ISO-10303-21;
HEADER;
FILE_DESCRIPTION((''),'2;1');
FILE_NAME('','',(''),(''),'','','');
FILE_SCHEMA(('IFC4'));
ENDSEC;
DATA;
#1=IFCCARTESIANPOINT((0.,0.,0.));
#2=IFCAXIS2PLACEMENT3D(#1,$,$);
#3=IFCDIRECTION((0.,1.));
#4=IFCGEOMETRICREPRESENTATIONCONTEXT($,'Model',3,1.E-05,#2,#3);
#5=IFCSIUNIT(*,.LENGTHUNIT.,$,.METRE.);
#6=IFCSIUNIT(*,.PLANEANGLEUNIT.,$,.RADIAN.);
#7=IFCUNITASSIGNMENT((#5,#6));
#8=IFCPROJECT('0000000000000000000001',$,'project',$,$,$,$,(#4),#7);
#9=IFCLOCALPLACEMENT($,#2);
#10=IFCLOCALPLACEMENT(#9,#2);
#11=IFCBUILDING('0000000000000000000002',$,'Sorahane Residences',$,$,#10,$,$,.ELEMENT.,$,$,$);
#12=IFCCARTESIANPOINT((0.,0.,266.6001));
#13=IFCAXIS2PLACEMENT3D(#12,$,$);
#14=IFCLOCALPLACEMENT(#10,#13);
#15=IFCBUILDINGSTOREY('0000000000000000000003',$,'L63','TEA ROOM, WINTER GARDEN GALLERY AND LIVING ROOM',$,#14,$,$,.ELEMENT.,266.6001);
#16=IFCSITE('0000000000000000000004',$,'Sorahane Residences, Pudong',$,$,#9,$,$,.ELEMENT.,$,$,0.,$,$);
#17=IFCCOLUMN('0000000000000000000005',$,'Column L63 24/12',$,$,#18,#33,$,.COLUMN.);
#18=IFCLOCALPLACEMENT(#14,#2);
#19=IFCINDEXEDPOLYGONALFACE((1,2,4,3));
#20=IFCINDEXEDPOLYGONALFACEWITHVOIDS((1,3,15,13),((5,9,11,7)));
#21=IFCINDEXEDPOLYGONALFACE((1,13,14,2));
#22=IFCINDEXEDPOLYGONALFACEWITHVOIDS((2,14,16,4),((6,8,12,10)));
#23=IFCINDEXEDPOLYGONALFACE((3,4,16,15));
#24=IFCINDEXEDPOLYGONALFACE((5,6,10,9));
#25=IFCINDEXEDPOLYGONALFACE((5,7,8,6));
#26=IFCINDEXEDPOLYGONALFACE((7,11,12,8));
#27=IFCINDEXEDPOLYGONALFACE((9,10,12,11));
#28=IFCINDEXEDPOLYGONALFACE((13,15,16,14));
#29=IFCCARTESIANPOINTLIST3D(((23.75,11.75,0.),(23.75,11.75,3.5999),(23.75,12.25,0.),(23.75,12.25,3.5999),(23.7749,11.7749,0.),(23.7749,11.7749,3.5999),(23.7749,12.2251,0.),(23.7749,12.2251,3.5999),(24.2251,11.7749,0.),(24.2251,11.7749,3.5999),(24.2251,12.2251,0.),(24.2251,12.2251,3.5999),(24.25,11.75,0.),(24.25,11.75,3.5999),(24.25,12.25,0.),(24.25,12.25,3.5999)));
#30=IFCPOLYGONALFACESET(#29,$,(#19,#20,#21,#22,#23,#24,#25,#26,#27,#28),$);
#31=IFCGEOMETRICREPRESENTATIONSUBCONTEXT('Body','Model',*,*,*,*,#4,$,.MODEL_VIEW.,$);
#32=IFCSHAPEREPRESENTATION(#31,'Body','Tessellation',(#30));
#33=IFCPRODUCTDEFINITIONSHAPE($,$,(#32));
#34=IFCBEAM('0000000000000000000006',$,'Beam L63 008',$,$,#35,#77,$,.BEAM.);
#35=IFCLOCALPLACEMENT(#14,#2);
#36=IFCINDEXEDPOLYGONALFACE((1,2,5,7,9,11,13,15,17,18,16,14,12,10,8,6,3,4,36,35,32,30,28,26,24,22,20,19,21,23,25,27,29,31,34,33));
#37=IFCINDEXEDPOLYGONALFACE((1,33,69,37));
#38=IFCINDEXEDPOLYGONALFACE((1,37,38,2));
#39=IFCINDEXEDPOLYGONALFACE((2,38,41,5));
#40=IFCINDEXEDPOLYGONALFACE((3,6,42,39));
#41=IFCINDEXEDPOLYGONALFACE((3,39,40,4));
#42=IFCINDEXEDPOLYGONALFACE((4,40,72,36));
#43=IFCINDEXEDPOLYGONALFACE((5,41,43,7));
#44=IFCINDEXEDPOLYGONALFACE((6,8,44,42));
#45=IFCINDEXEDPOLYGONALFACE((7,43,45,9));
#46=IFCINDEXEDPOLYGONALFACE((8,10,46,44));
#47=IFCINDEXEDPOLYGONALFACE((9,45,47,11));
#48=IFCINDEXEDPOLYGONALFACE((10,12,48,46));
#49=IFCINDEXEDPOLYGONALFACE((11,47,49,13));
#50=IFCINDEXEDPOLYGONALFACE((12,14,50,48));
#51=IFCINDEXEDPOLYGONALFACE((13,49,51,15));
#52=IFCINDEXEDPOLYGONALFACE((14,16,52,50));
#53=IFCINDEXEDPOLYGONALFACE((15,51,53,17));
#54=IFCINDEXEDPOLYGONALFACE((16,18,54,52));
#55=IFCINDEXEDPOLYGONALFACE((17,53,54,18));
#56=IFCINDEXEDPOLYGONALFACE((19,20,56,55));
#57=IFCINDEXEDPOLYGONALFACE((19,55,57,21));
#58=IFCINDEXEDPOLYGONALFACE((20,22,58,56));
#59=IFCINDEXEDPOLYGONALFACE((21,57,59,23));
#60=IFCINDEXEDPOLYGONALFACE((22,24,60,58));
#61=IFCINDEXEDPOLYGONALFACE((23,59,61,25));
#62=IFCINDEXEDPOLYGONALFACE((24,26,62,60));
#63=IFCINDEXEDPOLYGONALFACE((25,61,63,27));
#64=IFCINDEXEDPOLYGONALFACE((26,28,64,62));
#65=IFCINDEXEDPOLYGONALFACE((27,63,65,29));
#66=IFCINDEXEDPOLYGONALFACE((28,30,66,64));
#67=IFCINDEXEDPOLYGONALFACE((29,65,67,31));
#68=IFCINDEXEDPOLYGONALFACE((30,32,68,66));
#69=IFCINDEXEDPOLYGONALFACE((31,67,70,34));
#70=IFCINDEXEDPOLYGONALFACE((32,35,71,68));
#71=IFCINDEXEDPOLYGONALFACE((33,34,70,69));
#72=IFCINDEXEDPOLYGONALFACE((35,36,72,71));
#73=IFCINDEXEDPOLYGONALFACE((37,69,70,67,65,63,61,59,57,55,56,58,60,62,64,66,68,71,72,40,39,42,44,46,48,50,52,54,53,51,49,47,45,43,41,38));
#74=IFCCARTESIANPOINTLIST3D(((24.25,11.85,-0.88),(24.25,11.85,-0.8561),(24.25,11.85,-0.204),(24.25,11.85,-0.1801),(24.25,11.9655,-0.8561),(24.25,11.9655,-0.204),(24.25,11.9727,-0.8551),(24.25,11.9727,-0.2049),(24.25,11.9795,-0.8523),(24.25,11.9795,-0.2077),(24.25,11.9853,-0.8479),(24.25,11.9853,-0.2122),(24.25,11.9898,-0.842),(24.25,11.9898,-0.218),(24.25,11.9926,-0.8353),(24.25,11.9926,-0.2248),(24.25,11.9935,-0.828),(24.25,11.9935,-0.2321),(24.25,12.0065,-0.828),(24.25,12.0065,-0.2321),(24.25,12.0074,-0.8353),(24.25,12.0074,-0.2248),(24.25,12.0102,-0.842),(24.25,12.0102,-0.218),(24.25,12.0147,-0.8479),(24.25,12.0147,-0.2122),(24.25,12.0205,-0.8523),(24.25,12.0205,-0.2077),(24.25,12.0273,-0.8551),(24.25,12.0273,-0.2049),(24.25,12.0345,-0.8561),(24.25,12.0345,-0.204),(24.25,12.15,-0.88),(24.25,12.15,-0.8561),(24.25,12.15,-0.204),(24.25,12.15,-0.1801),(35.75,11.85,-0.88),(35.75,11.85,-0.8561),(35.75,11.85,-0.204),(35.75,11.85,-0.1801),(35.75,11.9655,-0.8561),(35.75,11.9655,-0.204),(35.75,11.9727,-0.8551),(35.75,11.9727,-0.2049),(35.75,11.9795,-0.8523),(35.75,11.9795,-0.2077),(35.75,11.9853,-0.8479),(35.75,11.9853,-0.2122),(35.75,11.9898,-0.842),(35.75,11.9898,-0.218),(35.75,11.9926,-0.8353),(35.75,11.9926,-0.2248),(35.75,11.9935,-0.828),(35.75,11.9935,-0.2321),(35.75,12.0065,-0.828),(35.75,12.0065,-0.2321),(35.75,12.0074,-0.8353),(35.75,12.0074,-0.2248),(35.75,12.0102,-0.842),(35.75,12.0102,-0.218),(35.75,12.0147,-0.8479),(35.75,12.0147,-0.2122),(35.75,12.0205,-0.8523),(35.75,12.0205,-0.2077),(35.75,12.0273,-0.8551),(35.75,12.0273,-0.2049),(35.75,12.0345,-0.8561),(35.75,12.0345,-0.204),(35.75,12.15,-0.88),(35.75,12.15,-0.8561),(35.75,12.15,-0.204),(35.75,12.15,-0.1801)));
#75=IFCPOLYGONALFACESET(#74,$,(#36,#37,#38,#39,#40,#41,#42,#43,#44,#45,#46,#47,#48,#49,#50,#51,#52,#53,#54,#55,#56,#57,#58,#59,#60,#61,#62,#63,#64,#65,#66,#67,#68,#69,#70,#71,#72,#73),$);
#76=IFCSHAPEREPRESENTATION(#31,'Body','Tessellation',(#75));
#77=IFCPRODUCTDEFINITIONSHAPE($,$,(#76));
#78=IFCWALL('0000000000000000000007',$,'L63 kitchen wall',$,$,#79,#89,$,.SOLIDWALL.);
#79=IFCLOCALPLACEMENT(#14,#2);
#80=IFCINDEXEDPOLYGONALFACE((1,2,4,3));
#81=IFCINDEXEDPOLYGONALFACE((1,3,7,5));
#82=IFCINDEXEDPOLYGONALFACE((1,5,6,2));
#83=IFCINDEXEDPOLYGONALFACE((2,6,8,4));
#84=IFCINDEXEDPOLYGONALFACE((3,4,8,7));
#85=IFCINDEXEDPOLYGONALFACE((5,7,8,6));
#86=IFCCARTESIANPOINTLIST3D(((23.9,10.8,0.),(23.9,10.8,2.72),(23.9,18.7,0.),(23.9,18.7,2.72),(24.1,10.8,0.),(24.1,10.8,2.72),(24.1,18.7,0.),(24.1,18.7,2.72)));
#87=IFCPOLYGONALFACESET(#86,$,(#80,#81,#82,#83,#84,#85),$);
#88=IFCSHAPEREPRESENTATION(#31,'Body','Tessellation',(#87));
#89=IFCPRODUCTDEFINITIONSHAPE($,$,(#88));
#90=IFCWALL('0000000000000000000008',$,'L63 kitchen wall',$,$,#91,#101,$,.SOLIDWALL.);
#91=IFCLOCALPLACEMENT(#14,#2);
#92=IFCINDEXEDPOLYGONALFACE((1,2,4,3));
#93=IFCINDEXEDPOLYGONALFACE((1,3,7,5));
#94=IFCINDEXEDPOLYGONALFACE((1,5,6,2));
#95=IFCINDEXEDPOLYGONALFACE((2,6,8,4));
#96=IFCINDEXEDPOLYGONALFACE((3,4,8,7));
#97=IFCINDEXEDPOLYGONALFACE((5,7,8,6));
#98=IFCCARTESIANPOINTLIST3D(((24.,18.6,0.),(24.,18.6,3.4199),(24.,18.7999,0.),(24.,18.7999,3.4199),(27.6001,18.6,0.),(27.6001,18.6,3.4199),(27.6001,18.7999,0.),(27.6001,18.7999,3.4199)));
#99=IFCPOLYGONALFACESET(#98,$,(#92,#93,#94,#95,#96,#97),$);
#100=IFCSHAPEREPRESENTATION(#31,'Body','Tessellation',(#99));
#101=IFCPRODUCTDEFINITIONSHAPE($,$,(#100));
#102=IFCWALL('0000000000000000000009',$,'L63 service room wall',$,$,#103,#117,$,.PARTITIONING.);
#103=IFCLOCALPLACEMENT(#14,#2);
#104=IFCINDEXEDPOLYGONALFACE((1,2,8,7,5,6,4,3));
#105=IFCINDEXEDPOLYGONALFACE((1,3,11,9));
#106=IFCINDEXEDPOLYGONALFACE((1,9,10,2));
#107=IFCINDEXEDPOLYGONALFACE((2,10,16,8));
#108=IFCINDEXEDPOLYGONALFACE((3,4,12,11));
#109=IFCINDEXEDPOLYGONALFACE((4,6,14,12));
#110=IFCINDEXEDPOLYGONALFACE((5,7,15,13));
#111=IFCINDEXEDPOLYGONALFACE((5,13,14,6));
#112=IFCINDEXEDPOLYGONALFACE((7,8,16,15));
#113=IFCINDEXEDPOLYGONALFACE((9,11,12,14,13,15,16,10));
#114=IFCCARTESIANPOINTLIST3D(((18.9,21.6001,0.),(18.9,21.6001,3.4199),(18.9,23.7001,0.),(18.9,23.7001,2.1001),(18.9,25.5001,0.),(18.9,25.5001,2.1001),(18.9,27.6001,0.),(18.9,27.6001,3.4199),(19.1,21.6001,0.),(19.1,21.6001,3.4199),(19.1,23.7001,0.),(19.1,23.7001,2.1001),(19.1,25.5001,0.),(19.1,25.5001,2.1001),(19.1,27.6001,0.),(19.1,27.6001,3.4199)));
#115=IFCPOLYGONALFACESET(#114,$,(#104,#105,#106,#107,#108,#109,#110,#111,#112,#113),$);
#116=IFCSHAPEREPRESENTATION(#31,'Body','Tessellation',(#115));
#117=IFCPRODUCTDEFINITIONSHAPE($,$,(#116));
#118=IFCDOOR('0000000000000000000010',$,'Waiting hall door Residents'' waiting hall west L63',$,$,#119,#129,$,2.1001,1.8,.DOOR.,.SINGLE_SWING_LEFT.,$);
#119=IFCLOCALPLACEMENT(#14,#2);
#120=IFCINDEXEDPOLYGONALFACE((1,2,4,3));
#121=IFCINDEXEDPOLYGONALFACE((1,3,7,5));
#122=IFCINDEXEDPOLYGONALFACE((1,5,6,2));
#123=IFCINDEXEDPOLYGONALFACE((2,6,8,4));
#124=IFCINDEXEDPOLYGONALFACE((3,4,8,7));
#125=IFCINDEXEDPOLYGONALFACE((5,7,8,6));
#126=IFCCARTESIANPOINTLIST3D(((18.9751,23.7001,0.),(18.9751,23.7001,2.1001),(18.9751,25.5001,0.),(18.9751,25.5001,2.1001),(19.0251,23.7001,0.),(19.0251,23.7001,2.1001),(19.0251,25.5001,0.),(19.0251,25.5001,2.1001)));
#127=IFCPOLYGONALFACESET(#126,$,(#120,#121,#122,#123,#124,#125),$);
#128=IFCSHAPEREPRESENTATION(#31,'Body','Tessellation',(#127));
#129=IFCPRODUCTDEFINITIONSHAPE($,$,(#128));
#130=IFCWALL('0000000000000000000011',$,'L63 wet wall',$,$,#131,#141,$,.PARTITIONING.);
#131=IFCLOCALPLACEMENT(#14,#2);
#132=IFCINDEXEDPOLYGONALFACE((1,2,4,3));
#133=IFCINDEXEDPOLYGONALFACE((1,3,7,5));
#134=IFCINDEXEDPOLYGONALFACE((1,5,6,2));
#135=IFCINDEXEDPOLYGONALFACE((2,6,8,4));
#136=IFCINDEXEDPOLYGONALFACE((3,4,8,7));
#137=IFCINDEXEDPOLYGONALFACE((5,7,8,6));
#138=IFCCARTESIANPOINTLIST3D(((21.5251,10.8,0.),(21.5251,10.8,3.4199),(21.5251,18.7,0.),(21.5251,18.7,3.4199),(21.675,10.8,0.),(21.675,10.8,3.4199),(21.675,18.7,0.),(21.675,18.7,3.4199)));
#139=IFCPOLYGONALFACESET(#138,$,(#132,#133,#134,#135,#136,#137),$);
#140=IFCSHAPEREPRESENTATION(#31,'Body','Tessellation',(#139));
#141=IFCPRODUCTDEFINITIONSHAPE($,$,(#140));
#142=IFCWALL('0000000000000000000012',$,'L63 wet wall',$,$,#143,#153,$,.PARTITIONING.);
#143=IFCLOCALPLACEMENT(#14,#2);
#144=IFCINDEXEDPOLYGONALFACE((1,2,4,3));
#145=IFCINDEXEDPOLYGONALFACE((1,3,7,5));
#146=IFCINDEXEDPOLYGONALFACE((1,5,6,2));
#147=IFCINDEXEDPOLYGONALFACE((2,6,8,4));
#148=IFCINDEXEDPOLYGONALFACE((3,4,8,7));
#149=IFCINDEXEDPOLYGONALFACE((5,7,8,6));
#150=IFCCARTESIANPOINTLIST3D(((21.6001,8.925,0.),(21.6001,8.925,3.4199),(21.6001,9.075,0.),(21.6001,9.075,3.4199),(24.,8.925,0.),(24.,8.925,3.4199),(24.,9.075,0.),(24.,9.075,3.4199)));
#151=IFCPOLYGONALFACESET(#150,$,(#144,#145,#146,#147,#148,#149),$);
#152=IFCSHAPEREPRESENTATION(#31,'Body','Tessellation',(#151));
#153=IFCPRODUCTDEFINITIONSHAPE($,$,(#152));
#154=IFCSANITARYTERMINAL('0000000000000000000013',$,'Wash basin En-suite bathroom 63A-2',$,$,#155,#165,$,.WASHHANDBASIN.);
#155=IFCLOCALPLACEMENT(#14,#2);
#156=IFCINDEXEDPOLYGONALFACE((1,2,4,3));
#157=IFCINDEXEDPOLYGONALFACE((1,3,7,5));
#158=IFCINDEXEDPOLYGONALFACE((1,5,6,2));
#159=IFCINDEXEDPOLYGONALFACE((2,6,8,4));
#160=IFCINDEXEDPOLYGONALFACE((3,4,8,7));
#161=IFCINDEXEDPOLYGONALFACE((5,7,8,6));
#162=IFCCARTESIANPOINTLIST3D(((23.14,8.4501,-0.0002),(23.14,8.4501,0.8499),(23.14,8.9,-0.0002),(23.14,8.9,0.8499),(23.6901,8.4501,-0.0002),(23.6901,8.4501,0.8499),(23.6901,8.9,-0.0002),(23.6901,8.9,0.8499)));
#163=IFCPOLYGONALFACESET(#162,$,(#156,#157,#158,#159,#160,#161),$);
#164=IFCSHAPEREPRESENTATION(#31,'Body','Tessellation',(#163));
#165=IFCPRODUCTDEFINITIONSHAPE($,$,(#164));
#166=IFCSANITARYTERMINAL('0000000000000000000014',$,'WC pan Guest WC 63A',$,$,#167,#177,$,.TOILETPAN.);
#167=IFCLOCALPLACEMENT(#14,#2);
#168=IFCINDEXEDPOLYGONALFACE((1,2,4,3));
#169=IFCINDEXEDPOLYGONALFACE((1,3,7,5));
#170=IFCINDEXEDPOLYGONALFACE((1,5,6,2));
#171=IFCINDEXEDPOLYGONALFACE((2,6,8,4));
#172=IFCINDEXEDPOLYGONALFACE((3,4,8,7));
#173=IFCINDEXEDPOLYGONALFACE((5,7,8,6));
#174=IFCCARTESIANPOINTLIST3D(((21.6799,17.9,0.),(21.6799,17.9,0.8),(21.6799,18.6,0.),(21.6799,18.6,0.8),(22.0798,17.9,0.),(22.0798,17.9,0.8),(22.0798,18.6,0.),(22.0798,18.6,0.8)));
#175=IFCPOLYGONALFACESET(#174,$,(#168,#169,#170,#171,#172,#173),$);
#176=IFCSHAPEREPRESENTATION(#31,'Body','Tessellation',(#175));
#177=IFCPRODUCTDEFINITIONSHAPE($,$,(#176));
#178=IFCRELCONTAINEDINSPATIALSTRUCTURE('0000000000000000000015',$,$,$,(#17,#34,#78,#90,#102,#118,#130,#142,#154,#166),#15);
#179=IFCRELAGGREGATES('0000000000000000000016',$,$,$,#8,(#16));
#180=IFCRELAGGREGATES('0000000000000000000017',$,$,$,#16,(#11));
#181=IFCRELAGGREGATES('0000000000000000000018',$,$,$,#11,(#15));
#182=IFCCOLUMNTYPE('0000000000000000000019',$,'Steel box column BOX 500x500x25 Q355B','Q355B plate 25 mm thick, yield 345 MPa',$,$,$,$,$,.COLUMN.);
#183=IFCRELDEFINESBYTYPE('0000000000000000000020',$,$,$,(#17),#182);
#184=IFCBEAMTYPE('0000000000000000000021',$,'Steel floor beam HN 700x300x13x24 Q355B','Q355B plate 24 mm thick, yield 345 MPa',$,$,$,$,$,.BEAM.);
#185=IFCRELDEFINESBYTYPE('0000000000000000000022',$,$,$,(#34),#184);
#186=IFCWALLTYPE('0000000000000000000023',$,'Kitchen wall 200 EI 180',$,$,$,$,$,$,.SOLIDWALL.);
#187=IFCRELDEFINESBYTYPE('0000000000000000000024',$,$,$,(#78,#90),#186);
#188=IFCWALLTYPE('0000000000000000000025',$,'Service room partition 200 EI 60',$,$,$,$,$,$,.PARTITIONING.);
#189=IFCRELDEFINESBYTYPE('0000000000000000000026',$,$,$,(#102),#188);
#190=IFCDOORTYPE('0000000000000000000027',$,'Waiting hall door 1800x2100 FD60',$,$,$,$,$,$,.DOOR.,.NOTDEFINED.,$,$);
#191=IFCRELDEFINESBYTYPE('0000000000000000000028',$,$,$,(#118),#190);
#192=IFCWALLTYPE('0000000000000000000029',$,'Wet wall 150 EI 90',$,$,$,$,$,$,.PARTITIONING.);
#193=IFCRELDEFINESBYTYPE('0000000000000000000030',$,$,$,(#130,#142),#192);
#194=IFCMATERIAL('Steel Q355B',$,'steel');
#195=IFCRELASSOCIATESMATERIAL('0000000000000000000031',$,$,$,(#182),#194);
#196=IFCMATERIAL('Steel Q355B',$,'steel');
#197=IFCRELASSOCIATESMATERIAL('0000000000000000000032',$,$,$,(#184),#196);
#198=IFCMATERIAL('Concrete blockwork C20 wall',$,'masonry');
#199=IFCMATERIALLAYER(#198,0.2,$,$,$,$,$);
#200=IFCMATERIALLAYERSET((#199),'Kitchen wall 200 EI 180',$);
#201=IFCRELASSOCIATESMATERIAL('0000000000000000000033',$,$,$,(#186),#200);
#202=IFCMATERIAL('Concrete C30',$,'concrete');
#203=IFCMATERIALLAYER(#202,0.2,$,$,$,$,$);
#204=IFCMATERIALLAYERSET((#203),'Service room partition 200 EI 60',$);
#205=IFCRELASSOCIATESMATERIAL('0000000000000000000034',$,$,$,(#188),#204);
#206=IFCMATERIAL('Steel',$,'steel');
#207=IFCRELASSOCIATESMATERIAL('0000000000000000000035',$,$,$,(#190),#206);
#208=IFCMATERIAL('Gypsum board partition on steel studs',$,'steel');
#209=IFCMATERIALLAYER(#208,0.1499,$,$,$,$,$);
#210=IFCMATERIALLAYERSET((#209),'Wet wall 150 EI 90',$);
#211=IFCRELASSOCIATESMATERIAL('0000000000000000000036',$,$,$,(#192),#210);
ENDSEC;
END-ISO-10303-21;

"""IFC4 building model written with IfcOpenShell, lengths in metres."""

from ifc_helpers import new_model, si_unit, direction, frame, frame_2d, origin, origin_2d, place, context, subcontext, project, spatial, rectangle, hollow_rectangle, i_section, extrude, material, layer, layer_set, material_profile, profile_set, type_object, element, fill, save


model = new_model("IFC4")

# Units and contexts
model_context = context("Model", 3, precision=1e-05, world=origin(), true_north=direction((0.0, 1.0)))
body_context = subcontext(model_context, "Body", "Model", "MODEL_VIEW")
ifc_project = project(units=[si_unit("LENGTHUNIT", "METRE"), si_unit("PLANEANGLEUNIT", "RADIAN")], contexts=[model_context])

# Site, building, storey
site_placement = place(None, origin())
site = spatial("IfcSite", under=ifc_project, at=site_placement, Name="Sorahane Residences, Pudong", CompositionType="ELEMENT", RefElevation=0.0)
building_placement = place(site_placement, origin())
building = spatial("IfcBuilding", under=site, at=building_placement, Name="Sorahane Residences", CompositionType="ELEMENT")
storey_placement = place(building_placement, frame((0.0, 0.0, 266.6001)))
storey = spatial("IfcBuildingStorey", under=building, at=storey_placement, Name="L63", Description="TEA ROOM, WINTER GARDEN GALLERY AND LIVING ROOM", CompositionType="ELEMENT", Elevation=266.6001)

# Column
ifc_material_1 = material(Name="Steel Q355B", Category="steel")
ifc_material_profile_1 = material_profile(ifc_material_1, hollow_rectangle(XDim=0.5, YDim=0.5, WallThickness=0.0249, at=origin_2d()), Name="BOX 500x500x25")
ifc_profile_set_1 = profile_set([ifc_material_profile_1], Name="Steel Q355B")
column_type = type_object("IfcColumnType", Name="Steel box column BOX 500x500x25 Q355B", Description="Q355B plate 25 mm thick, yield 345 MPa", PredefinedType="COLUMN", material=ifc_profile_set_1)
column_placement = place(storey_placement, frame((24.0, 12.0, 0.0), z_axis=(0.0, 0.0, 1.0), x_axis=(1.0, 0.0, 0.0)))
element("IfcColumn", 1, at=column_placement, inside=storey, type_object=column_type, Name="Column L63 24/12", PredefinedType="COLUMN", context=body_context, shape_type="SweptSolid", body=[
    extrude(hollow_rectangle(XDim=0.5, YDim=0.5, WallThickness=0.0249, at=origin_2d()), origin(), (0.0, 0.0, 1.0), 3.5999),
])

# Beam
ifc_material_2 = material(Name="Steel Q355B", Category="steel")
ifc_material_profile_2 = material_profile(ifc_material_2, i_section(OverallWidth=0.3, OverallDepth=0.7, WebThickness=0.0129, FlangeThickness=0.0239, FilletRadius=0.0281, at=origin_2d()), Name="HN 700x300x13x24")
ifc_profile_set_2 = profile_set([ifc_material_profile_2], Name="Steel Q355B")
beam_type = type_object("IfcBeamType", Name="Steel floor beam HN 700x300x13x24 Q355B", Description="Q355B plate 24 mm thick, yield 345 MPa", PredefinedType="BEAM", material=ifc_profile_set_2)
beam_placement = place(storey_placement, frame((24.25, 12.0, -0.53), z_axis=(1.0, 0.0, 0.0), x_axis=(0.0, 1.0, 0.0)))
element("IfcBeam", 2, at=beam_placement, inside=storey, type_object=beam_type, Name="Beam L63 008", PredefinedType="BEAM", context=body_context, shape_type="SweptSolid", body=[
    extrude(i_section(OverallWidth=0.3, OverallDepth=0.7, WebThickness=0.0129, FlangeThickness=0.0239, FilletRadius=0.0281, at=origin_2d()), origin(), (0.0, 0.0, 1.0), 11.5),
])

# Wall
ifc_material_3 = material(Name="Concrete blockwork C20 wall", Category="masonry")
ifc_layer_1 = layer(ifc_material_3, 0.2)
ifc_layer_set_1 = layer_set([ifc_layer_1], Name="Kitchen wall 200 EI 180")
wall_type_1 = type_object("IfcWallType", Name="Kitchen wall 200 EI 180", PredefinedType="SOLIDWALL", material=ifc_layer_set_1)
wall_1_placement = place(storey_placement, frame((24.0, 10.8, 0.0), z_axis=(0.0, 0.0, 1.0), x_axis=(0.0, 1.0, 0.0)))
element("IfcWall", 3, at=wall_1_placement, inside=storey, type_object=wall_type_1, Name="L63 kitchen wall", PredefinedType="SOLIDWALL", context=body_context, shape_type="SweptSolid", body=[
    extrude(rectangle(XDim=7.8999, YDim=0.2, at=frame_2d((3.95, 0.0))), origin(), (0.0, 0.0, 1.0), 2.72),
])

# Wall
wall_2_placement = place(storey_placement, frame((24.0, 18.7, 0.0), z_axis=(0.0, 0.0, 1.0), x_axis=(1.0, 0.0, 0.0)))
element("IfcWall", 4, at=wall_2_placement, inside=storey, type_object=wall_type_1, Name="L63 kitchen wall", PredefinedType="SOLIDWALL", context=body_context, shape_type="SweptSolid", body=[
    extrude(rectangle(XDim=3.6001, YDim=0.2, at=frame_2d((1.8, 0.0))), origin(), (0.0, 0.0, 1.0), 3.4199),
])

# Wall, opening, door
ifc_material_4 = material(Name="Concrete C30", Category="concrete")
ifc_layer_2 = layer(ifc_material_4, 0.2)
ifc_layer_set_2 = layer_set([ifc_layer_2], Name="Service room partition 200 EI 60")
wall_type_2 = type_object("IfcWallType", Name="Service room partition 200 EI 60", PredefinedType="PARTITIONING", material=ifc_layer_set_2)
wall_3_placement = place(storey_placement, frame((19.0, 21.6001, 0.0), z_axis=(0.0, 0.0, 1.0), x_axis=(0.0, 1.0, 0.0)))
wall_3 = element("IfcWall", 5, at=wall_3_placement, inside=storey, type_object=wall_type_2, Name="L63 service room wall", PredefinedType="PARTITIONING", context=body_context, shape_type="SweptSolid", body=[
    extrude(rectangle(XDim=6.0, YDim=0.2, at=frame_2d((3.0, 0.0))), origin(), (0.0, 0.0, 1.0), 3.4199),
])
opening_1_placement = place(wall_3_placement, frame((2.1001, 0.0, 0.0)))
opening_1 = element("IfcOpeningElement", 6, at=opening_1_placement, cuts=wall_3, PredefinedType="OPENING", context=body_context, shape_type="SweptSolid", body=[
    extrude(rectangle(XDim=1.8, YDim=2.1001, at=frame_2d((0.8999, 1.05))), frame((0.0, 0.1099, 0.0), z_axis=(0.0, -1.0, 0.0), x_axis=(1.0, 0.0, 0.0)), (0.0, 0.0, 1.0), 0.22),
])
ifc_material_5 = material(Name="Steel", Category="steel")
door_type_1 = type_object("IfcDoorType", Name="Waiting hall door 1800x2100 FD60", OperationType="NOTDEFINED", PredefinedType="DOOR", material=ifc_material_5)
door_1_placement = place(opening_1_placement, origin())
door_1 = element("IfcDoor", 7, at=door_1_placement, inside=storey, type_object=door_type_1, Name="Waiting hall door Residents' waiting hall west L63", OperationType="SINGLE_SWING_LEFT", OverallHeight=2.1001, OverallWidth=1.8, PredefinedType="DOOR", context=body_context, shape_type="SweptSolid", body=[
    extrude(rectangle(XDim=1.8, YDim=2.1001, at=frame_2d((0.8999, 1.05))), frame((0.0, 0.0249, 0.0), z_axis=(0.0, -1.0, 0.0), x_axis=(1.0, 0.0, 0.0)), (0.0, 0.0, 1.0), 0.05),
])
fill(opening_1, door_1)

# Wall
ifc_material_6 = material(Name="Gypsum board partition on steel studs", Category="steel")
ifc_layer_3 = layer(ifc_material_6, 0.1499)
ifc_layer_set_3 = layer_set([ifc_layer_3], Name="Wet wall 150 EI 90")
wall_type_3 = type_object("IfcWallType", Name="Wet wall 150 EI 90", PredefinedType="PARTITIONING", material=ifc_layer_set_3)
wall_4_placement = place(storey_placement, frame((21.6001, 10.8, 0.0), z_axis=(0.0, 0.0, 1.0), x_axis=(0.0, 1.0, 0.0)))
element("IfcWall", 8, at=wall_4_placement, inside=storey, type_object=wall_type_3, Name="L63 wet wall", PredefinedType="PARTITIONING", context=body_context, shape_type="SweptSolid", body=[
    extrude(rectangle(XDim=7.8999, YDim=0.1499, at=frame_2d((3.95, 0.0))), origin(), (0.0, 0.0, 1.0), 3.4199),
])

# Wall
wall_5_placement = place(storey_placement, frame((21.6001, 9.0, 0.0), z_axis=(0.0, 0.0, 1.0), x_axis=(1.0, 0.0, 0.0)))
element("IfcWall", 9, at=wall_5_placement, inside=storey, type_object=wall_type_3, Name="L63 wet wall", PredefinedType="PARTITIONING", context=body_context, shape_type="SweptSolid", body=[
    extrude(rectangle(XDim=2.3999, YDim=0.1499, at=frame_2d((1.2, 0.0))), origin(), (0.0, 0.0, 1.0), 3.4199),
])

# Sanitary terminals
sanitary_terminal_1_placement = place(storey_placement, frame((23.415, 8.675, -0.0002), z_axis=(0.0, 0.0, 1.0), x_axis=(1.0, 0.0, 0.0)))
element("IfcSanitaryTerminal", 10, at=sanitary_terminal_1_placement, inside=storey, Name="Wash basin En-suite bathroom 63A-2", PredefinedType="WASHHANDBASIN", context=body_context, shape_type="SweptSolid", body=[
    extrude(rectangle(XDim=0.55, YDim=0.45, at=origin_2d()), origin(), (0.0, 0.0, 1.0), 0.8501),
])
sanitary_terminal_2_placement = place(storey_placement, frame((21.8799, 18.25, 0.0), z_axis=(0.0, 0.0, 1.0), x_axis=(1.0, 0.0, 0.0)))
element("IfcSanitaryTerminal", 11, at=sanitary_terminal_2_placement, inside=storey, Name="WC pan Guest WC 63A", PredefinedType="TOILETPAN", context=body_context, shape_type="SweptSolid", body=[
    extrude(rectangle(XDim=0.3999, YDim=0.7, at=origin_2d()), origin(), (0.0, 0.0, 1.0), 0.8),
])

save(model, "model.ifc")
